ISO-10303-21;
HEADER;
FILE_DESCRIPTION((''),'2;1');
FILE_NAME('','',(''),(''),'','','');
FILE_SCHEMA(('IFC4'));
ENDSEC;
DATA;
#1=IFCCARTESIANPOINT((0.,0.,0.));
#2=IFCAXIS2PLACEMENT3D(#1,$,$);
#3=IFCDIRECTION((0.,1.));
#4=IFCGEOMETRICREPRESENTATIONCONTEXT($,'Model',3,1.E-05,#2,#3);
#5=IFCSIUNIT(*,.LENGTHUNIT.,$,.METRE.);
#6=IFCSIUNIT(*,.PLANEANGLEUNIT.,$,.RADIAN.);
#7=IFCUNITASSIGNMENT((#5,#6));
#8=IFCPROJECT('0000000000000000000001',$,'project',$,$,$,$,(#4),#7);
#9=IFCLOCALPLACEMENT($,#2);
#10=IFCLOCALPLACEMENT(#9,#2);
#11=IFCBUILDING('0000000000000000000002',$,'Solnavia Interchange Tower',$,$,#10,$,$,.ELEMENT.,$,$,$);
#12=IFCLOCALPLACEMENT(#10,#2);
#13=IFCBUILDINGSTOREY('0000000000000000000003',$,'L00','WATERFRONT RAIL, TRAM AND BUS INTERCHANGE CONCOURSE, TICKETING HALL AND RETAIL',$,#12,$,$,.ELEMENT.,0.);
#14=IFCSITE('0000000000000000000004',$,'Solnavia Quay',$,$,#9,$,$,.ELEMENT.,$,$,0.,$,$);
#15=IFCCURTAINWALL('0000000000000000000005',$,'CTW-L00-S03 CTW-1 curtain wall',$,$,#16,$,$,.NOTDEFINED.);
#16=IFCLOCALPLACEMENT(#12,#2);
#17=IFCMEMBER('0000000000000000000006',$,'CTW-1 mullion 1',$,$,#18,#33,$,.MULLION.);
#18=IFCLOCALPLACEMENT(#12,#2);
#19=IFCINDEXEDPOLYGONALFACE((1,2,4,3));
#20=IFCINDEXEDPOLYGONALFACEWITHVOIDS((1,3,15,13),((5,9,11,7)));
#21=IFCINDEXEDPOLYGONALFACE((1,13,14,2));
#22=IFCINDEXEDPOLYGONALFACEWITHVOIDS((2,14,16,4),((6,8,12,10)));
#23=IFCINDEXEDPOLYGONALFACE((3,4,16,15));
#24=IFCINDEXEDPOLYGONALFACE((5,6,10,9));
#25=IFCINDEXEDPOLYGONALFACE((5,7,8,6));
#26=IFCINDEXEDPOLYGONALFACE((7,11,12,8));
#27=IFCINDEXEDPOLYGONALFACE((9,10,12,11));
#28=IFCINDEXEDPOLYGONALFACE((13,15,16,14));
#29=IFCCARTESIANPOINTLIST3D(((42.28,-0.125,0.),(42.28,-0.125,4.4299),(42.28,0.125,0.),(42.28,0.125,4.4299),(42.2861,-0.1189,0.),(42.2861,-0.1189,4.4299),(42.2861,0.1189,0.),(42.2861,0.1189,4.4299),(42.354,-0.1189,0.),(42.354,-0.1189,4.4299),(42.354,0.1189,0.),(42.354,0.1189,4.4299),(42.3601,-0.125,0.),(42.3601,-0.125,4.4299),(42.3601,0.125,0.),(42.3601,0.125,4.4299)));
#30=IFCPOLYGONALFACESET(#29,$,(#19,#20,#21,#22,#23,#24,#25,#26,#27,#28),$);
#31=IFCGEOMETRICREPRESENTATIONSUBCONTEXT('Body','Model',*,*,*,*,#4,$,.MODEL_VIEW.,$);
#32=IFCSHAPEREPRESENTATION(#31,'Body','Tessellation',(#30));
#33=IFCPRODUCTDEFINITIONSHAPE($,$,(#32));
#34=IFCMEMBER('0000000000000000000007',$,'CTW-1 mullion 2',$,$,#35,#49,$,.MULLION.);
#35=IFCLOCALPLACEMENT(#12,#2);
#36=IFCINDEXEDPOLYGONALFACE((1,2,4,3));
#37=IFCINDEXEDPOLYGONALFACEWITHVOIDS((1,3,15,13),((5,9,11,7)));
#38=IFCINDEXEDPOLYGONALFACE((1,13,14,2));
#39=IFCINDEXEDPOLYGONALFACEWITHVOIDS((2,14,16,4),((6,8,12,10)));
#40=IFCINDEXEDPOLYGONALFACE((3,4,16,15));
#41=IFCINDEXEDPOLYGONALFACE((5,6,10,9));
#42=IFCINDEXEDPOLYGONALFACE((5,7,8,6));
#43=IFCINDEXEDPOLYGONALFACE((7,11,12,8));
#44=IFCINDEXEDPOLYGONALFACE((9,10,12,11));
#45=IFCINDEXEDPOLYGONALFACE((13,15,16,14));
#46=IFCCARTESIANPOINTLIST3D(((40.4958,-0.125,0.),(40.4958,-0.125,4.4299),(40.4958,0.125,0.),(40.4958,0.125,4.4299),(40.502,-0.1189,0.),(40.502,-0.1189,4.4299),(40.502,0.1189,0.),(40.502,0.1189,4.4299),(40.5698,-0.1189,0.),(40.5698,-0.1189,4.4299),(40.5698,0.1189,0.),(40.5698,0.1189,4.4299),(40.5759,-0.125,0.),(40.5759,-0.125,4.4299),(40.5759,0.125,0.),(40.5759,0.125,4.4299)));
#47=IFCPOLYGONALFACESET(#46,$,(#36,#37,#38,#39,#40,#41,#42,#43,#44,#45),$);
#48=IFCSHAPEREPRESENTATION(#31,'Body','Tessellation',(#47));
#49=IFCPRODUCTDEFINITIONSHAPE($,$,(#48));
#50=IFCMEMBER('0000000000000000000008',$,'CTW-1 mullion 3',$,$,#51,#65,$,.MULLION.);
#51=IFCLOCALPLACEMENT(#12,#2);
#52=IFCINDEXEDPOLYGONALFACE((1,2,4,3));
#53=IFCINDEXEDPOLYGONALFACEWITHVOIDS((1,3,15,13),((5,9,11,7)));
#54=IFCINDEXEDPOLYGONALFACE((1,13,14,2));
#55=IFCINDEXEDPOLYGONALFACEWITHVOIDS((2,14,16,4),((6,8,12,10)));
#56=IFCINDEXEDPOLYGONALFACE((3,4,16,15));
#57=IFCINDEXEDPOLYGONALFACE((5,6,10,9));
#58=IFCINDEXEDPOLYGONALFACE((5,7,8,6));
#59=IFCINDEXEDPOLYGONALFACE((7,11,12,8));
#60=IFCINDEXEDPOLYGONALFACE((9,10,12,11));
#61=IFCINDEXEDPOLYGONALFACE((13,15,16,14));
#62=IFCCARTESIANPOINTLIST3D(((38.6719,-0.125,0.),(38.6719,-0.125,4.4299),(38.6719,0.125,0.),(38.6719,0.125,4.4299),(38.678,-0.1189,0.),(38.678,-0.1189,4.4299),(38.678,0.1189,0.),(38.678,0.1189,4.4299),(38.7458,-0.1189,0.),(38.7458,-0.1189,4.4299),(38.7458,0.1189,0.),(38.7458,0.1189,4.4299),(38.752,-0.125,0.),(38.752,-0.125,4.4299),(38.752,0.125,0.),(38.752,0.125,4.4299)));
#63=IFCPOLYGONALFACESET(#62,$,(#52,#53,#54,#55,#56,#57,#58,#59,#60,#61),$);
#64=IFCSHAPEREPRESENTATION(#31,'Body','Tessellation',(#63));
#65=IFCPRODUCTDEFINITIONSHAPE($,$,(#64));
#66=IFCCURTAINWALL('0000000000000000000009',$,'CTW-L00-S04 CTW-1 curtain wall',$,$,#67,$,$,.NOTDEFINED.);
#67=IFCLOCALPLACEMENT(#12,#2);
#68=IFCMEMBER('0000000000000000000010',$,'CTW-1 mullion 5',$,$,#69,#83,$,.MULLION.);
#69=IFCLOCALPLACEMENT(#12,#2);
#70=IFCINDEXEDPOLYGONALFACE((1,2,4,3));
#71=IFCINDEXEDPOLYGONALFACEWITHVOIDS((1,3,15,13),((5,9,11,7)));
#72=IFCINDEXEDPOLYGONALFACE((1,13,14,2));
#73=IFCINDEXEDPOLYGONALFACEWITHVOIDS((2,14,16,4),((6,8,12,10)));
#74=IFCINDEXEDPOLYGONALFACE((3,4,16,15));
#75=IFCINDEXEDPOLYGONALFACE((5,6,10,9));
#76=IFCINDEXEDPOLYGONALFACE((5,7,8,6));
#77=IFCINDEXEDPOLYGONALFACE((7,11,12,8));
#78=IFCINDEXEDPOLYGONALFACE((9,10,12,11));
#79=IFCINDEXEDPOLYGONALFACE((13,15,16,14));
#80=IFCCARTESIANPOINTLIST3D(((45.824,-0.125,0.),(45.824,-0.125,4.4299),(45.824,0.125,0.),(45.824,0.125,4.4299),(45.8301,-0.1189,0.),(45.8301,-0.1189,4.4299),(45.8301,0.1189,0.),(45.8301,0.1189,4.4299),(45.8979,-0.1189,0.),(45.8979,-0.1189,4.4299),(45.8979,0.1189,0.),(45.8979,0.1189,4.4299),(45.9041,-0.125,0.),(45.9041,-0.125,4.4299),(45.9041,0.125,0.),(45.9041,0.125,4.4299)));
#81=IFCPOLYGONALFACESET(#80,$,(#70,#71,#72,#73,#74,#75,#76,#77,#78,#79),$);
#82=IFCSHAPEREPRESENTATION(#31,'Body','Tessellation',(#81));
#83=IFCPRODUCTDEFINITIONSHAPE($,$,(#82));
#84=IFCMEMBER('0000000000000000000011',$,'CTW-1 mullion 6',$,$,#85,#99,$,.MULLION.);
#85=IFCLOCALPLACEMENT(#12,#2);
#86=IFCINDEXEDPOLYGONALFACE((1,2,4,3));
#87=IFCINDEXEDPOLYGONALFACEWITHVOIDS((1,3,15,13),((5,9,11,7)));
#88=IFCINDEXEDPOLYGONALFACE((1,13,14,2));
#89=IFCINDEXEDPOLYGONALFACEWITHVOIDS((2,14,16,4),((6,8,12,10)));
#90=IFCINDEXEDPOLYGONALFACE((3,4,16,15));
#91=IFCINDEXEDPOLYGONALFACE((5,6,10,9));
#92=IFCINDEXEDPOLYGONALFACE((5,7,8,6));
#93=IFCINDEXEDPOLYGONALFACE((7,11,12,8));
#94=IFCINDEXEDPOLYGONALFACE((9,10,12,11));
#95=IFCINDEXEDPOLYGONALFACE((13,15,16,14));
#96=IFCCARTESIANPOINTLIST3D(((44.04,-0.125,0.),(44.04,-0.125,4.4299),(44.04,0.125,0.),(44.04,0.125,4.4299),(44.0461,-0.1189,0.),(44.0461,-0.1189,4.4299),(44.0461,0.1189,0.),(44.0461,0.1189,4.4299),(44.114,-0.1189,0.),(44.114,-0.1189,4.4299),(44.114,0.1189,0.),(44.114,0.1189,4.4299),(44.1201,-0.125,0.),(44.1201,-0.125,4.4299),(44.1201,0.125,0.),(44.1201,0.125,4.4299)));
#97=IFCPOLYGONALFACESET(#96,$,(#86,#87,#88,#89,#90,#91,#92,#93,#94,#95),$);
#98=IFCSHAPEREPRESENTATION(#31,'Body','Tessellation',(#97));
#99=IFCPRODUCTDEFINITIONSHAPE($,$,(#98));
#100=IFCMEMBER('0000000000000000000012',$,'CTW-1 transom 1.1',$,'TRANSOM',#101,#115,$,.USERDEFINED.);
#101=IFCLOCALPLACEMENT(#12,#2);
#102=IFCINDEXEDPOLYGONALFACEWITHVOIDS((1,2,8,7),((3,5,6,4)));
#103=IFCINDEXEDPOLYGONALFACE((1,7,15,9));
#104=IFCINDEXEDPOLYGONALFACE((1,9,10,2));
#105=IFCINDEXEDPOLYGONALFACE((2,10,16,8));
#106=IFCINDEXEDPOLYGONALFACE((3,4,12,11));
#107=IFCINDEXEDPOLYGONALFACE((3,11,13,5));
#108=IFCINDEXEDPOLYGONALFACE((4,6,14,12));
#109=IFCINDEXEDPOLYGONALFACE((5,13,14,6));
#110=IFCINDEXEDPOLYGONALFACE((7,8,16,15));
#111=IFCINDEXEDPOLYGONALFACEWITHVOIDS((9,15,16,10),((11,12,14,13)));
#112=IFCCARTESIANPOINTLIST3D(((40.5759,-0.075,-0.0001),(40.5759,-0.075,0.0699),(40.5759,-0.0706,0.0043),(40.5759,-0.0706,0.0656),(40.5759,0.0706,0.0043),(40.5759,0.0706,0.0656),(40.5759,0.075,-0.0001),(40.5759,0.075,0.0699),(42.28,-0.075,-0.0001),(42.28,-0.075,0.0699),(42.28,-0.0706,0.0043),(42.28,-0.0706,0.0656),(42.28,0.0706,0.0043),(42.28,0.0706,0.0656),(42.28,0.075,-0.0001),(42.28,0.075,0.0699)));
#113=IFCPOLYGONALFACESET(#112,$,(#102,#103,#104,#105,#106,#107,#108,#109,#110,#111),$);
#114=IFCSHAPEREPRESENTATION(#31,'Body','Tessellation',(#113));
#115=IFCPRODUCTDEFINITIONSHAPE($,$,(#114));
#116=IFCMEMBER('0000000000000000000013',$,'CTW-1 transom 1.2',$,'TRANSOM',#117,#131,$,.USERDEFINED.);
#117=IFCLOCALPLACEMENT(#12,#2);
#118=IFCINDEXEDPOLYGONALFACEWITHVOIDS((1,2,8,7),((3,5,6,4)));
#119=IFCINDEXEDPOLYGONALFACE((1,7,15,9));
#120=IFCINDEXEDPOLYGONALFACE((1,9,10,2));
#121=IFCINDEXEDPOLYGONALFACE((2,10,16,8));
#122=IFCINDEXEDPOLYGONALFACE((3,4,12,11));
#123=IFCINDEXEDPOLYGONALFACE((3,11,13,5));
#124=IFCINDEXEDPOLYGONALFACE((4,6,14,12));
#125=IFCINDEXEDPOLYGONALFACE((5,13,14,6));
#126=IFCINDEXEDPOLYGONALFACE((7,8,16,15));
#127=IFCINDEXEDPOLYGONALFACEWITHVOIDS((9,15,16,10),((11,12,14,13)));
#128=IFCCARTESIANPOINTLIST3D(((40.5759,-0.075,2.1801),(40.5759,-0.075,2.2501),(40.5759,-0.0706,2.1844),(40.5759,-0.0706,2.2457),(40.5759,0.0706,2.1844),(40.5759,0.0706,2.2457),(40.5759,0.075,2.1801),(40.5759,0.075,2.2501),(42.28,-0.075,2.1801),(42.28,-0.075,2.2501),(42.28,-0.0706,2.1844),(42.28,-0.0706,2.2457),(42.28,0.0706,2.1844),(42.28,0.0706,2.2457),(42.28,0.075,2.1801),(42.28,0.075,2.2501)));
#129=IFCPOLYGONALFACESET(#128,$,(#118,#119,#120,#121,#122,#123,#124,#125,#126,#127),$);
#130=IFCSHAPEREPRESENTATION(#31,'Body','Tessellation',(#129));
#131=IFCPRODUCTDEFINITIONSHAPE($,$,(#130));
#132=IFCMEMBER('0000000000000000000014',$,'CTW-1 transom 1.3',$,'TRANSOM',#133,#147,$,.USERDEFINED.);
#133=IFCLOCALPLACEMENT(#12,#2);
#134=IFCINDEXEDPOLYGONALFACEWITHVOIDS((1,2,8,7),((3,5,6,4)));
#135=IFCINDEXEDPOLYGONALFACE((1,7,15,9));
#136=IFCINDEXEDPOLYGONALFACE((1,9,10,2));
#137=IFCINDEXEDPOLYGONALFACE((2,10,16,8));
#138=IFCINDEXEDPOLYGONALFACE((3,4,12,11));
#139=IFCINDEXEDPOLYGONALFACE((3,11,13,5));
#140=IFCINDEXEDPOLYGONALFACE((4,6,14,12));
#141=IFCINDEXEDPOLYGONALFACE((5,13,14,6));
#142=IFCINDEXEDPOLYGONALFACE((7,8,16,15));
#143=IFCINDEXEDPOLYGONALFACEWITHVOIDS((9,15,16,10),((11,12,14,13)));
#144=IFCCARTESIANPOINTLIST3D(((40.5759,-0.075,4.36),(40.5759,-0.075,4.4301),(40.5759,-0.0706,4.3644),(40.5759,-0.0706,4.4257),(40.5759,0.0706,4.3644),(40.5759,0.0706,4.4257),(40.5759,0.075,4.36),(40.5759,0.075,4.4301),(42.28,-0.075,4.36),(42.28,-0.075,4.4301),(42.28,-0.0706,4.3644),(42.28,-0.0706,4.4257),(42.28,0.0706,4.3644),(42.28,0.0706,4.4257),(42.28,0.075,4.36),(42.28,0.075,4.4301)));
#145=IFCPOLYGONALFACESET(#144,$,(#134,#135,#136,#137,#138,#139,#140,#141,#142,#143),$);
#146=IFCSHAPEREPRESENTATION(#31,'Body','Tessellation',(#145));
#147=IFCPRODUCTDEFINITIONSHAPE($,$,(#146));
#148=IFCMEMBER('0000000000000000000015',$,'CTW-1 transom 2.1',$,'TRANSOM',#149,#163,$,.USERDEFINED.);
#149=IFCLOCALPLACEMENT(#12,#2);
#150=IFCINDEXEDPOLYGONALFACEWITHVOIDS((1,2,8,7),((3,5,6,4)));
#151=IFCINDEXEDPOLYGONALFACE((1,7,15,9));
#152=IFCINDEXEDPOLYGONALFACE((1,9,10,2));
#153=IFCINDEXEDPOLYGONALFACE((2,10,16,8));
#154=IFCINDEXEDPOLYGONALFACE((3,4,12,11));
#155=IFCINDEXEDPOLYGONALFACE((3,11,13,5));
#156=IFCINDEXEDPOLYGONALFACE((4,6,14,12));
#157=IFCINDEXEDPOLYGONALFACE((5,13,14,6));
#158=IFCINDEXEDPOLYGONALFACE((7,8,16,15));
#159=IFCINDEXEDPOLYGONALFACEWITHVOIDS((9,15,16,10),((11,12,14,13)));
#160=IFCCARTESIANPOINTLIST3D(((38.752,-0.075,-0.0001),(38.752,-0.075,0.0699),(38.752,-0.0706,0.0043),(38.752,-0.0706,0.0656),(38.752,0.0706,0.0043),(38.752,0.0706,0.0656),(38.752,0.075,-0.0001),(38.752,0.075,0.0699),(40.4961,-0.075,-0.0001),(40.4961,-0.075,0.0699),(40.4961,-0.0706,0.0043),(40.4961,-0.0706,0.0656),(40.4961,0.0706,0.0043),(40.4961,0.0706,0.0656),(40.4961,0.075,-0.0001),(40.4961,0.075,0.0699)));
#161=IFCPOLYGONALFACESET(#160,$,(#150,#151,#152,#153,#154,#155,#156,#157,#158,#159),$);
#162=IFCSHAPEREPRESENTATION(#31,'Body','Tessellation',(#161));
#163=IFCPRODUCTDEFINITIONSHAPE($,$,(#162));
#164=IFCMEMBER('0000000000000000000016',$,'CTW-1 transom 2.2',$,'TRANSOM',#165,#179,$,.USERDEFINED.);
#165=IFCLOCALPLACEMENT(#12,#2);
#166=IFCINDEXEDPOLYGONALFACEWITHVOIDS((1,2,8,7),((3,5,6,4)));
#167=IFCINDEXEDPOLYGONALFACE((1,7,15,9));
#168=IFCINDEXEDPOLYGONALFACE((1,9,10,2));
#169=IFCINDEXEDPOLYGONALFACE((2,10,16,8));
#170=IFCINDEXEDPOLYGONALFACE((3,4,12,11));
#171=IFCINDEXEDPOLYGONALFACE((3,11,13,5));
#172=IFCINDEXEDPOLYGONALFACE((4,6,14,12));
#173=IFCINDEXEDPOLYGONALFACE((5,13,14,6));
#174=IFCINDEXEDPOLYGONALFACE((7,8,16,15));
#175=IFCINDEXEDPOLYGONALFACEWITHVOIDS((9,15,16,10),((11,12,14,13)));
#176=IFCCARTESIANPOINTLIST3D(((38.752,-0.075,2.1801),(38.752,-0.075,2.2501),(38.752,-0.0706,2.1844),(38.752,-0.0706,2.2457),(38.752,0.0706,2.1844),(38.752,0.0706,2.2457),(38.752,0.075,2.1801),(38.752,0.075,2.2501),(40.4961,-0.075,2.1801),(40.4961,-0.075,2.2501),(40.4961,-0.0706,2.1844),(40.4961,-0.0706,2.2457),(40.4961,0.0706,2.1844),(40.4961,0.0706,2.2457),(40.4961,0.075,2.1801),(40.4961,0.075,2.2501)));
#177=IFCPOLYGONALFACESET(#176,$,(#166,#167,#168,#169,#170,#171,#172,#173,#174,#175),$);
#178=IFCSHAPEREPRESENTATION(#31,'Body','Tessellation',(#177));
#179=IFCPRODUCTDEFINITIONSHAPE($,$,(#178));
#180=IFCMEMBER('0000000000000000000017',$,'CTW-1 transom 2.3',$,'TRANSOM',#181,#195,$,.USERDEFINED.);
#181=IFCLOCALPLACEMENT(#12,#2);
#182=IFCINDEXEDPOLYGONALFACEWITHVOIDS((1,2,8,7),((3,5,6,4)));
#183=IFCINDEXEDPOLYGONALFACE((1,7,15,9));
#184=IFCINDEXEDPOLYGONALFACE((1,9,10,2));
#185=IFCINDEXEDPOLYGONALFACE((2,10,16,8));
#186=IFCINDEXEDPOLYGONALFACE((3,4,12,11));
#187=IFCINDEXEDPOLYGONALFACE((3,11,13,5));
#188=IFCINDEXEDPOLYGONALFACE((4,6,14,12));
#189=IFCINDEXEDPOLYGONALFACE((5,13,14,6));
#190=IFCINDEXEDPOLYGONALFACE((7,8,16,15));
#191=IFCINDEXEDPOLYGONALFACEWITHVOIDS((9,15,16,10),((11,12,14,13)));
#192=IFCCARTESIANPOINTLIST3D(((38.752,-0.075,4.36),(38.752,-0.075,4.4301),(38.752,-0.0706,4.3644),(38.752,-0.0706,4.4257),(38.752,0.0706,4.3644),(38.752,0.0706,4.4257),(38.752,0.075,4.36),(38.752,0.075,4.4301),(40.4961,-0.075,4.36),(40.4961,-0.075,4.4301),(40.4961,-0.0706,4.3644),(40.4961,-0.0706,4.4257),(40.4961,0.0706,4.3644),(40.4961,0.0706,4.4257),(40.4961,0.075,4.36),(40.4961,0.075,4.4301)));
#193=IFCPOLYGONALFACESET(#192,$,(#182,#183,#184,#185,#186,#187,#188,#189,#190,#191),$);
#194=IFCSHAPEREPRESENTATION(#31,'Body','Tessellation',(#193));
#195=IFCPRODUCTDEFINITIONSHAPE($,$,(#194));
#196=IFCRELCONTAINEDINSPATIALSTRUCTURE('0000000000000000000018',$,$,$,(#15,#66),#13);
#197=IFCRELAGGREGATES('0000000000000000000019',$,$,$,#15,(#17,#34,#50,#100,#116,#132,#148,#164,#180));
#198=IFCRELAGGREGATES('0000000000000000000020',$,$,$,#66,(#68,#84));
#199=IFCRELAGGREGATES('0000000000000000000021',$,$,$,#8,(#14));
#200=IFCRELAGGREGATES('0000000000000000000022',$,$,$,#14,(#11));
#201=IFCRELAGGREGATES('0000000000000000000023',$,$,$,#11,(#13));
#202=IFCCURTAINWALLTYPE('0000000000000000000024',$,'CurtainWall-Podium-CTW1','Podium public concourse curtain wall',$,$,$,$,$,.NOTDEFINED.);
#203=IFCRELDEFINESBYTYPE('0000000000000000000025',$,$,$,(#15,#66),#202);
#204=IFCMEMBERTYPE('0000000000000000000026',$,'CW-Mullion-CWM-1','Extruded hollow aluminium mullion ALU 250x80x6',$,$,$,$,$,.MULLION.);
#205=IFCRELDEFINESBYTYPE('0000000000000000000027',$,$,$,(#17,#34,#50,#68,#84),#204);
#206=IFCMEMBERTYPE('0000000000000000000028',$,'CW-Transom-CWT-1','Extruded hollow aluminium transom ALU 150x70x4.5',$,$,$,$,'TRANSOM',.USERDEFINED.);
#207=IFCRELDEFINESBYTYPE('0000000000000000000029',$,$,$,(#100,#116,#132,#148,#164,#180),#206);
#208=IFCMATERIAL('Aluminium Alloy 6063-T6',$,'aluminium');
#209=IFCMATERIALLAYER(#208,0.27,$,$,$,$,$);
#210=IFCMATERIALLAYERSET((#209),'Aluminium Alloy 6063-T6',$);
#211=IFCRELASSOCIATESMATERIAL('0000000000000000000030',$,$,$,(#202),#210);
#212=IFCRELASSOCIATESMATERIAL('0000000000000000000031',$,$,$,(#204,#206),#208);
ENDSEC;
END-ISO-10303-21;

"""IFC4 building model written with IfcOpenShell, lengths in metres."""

from ifc_helpers import new_model, si_unit, direction, frame, origin, origin_2d, place, context, subcontext, project, spatial, hollow_rectangle, extrude, material, layer, layer_set, material_profile, profile_set, type_object, element, aggregate, save


model = new_model("IFC4")

# Units and contexts
model_context = context("Model", 3, precision=1e-05, world=origin(), true_north=direction((0.0, 1.0)))
body_context = subcontext(model_context, "Body", "Model", "MODEL_VIEW")
ifc_project = project(units=[si_unit("LENGTHUNIT", "METRE"), si_unit("PLANEANGLEUNIT", "RADIAN")], contexts=[model_context])

# Site, building, storey
site_placement = place(None, origin())
site = spatial("IfcSite", under=ifc_project, at=site_placement, Name="Solnavia Quay", CompositionType="ELEMENT", RefElevation=0.0)
building_placement = place(site_placement, origin())
building = spatial("IfcBuilding", under=site, at=building_placement, Name="Solnavia Interchange Tower", CompositionType="ELEMENT")
storey_placement = place(building_placement, origin())
storey = spatial("IfcBuildingStorey", under=building, at=storey_placement, Name="L00", Description="WATERFRONT RAIL, TRAM AND BUS INTERCHANGE CONCOURSE, TICKETING HALL AND RETAIL", CompositionType="ELEMENT", Elevation=0.0)

# Curtain walls, members
ifc_material_1 = material(Name="Aluminium Alloy 6063-T6", Category="aluminium")
ifc_layer_1 = layer(ifc_material_1, 0.27)
ifc_layer_set_1 = layer_set([ifc_layer_1], Name="Aluminium Alloy 6063-T6")
curtain_wall_type = type_object("IfcCurtainWallType", Name="CurtainWall-Podium-CTW1", Description="Podium public concourse curtain wall", PredefinedType="NOTDEFINED", material=ifc_layer_set_1)
curtain_wall_1_placement = place(storey_placement, origin())
curtain_wall_1 = element("IfcCurtainWall", 1, at=curtain_wall_1_placement, inside=storey, type_object=curtain_wall_type, Name="CTW-L00-S03 CTW-1 curtain wall", PredefinedType="NOTDEFINED")
ifc_material_profile_1 = material_profile(ifc_material_1, hollow_rectangle(XDim=0.0801, YDim=0.25, WallThickness=0.0061, at=origin_2d()), Name="ALU 250x80x6")
ifc_profile_set_1 = profile_set([ifc_material_profile_1], Name="Aluminium Alloy 6063-T6")
member_type_1 = type_object("IfcMemberType", Name="CW-Mullion-CWM-1", Description="Extruded hollow aluminium mullion ALU 250x80x6", PredefinedType="MULLION", material=ifc_profile_set_1)
member_1_placement = place(storey_placement, frame((42.3201, 0.0, 0.0), z_axis=(0.0, 0.0, 1.0), x_axis=(-1.0, 0.0, 0.0)))
member_1 = element("IfcMember", 2, at=member_1_placement, type_object=member_type_1, Name="CTW-1 mullion 1", PredefinedType="MULLION", context=body_context, shape_type="SweptSolid", body=[
    extrude(hollow_rectangle(XDim=0.0801, YDim=0.25, WallThickness=0.0061, at=origin_2d()), origin(), (0.0, 0.0, 1.0), 4.4299),
])
member_2_placement = place(storey_placement, frame((40.5359, 0.0, 0.0), z_axis=(0.0, 0.0, 1.0), x_axis=(-1.0, 0.0, 0.0)))
member_2 = element("IfcMember", 3, at=member_2_placement, type_object=member_type_1, Name="CTW-1 mullion 2", PredefinedType="MULLION", context=body_context, shape_type="SweptSolid", body=[
    extrude(hollow_rectangle(XDim=0.0801, YDim=0.25, WallThickness=0.0061, at=origin_2d()), origin(), (0.0, 0.0, 1.0), 4.4299),
])
member_3_placement = place(storey_placement, frame((38.7119, 0.0, 0.0), z_axis=(0.0, 0.0, 1.0), x_axis=(-1.0, 0.0, 0.0)))
member_3 = element("IfcMember", 4, at=member_3_placement, type_object=member_type_1, Name="CTW-1 mullion 3", PredefinedType="MULLION", context=body_context, shape_type="SweptSolid", body=[
    extrude(hollow_rectangle(XDim=0.0801, YDim=0.25, WallThickness=0.0061, at=origin_2d()), origin(), (0.0, 0.0, 1.0), 4.4299),
])
curtain_wall_2_placement = place(storey_placement, origin())
curtain_wall_2 = element("IfcCurtainWall", 5, at=curtain_wall_2_placement, inside=storey, type_object=curtain_wall_type, Name="CTW-L00-S04 CTW-1 curtain wall", PredefinedType="NOTDEFINED")
member_4_placement = place(storey_placement, frame((45.864, 0.0, 0.0), z_axis=(0.0, 0.0, 1.0), x_axis=(-1.0, 0.0, 0.0)))
member_4 = element("IfcMember", 6, at=member_4_placement, type_object=member_type_1, Name="CTW-1 mullion 5", PredefinedType="MULLION", context=body_context, shape_type="SweptSolid", body=[
    extrude(hollow_rectangle(XDim=0.0801, YDim=0.25, WallThickness=0.0061, at=origin_2d()), origin(), (0.0, 0.0, 1.0), 4.4299),
])
member_5_placement = place(storey_placement, frame((44.0801, 0.0, 0.0), z_axis=(0.0, 0.0, 1.0), x_axis=(-1.0, 0.0, 0.0)))
member_5 = element("IfcMember", 7, at=member_5_placement, type_object=member_type_1, Name="CTW-1 mullion 6", PredefinedType="MULLION", context=body_context, shape_type="SweptSolid", body=[
    extrude(hollow_rectangle(XDim=0.0801, YDim=0.25, WallThickness=0.0061, at=origin_2d()), origin(), (0.0, 0.0, 1.0), 4.4299),
])

# Members
ifc_material_profile_2 = material_profile(ifc_material_1, hollow_rectangle(XDim=0.0701, YDim=0.1499, WallThickness=0.0044, at=origin_2d()), Name="ALU 150x70x4.5")
ifc_profile_set_2 = profile_set([ifc_material_profile_2], Name="Aluminium Alloy 6063-T6")
member_type_2 = type_object("IfcMemberType", Name="CW-Transom-CWT-1", Description="Extruded hollow aluminium transom ALU 150x70x4.5", ElementType="TRANSOM", PredefinedType="USERDEFINED", material=ifc_profile_set_2)
member_6_placement = place(storey_placement, frame((42.28, 0.0, 0.0349), z_axis=(-1.0, 0.0, 0.0), x_axis=(0.0, 0.0, 1.0)))
member_6 = element("IfcMember", 8, at=member_6_placement, type_object=member_type_2, Name="CTW-1 transom 1.1", ObjectType="TRANSOM", PredefinedType="USERDEFINED", context=body_context, shape_type="SweptSolid", body=[
    extrude(hollow_rectangle(XDim=0.0701, YDim=0.1499, WallThickness=0.0044, at=origin_2d()), origin(), (0.0, 0.0, 1.0), 1.7041),
])
member_7_placement = place(storey_placement, frame((42.28, 0.0, 2.2151), z_axis=(-1.0, 0.0, 0.0), x_axis=(0.0, 0.0, 1.0)))
member_7 = element("IfcMember", 9, at=member_7_placement, type_object=member_type_2, Name="CTW-1 transom 1.2", ObjectType="TRANSOM", PredefinedType="USERDEFINED", context=body_context, shape_type="SweptSolid", body=[
    extrude(hollow_rectangle(XDim=0.0701, YDim=0.1499, WallThickness=0.0044, at=origin_2d()), origin(), (0.0, 0.0, 1.0), 1.7041),
])
member_8_placement = place(storey_placement, frame((42.28, 0.0, 4.395), z_axis=(-1.0, 0.0, 0.0), x_axis=(0.0, 0.0, 1.0)))
member_8 = element("IfcMember", 10, at=member_8_placement, type_object=member_type_2, Name="CTW-1 transom 1.3", ObjectType="TRANSOM", PredefinedType="USERDEFINED", context=body_context, shape_type="SweptSolid", body=[
    extrude(hollow_rectangle(XDim=0.0701, YDim=0.1499, WallThickness=0.0044, at=origin_2d()), origin(), (0.0, 0.0, 1.0), 1.7041),
])
member_9_placement = place(storey_placement, frame((40.4961, 0.0, 0.0349), z_axis=(-1.0, 0.0, 0.0), x_axis=(0.0, 0.0, 1.0)))
member_9 = element("IfcMember", 11, at=member_9_placement, type_object=member_type_2, Name="CTW-1 transom 2.1", ObjectType="TRANSOM", PredefinedType="USERDEFINED", context=body_context, shape_type="SweptSolid", body=[
    extrude(hollow_rectangle(XDim=0.0701, YDim=0.1499, WallThickness=0.0044, at=origin_2d()), origin(), (0.0, 0.0, 1.0), 1.7441),
])
member_10_placement = place(storey_placement, frame((40.4961, 0.0, 2.2151), z_axis=(-1.0, 0.0, 0.0), x_axis=(0.0, 0.0, 1.0)))
member_10 = element("IfcMember", 12, at=member_10_placement, type_object=member_type_2, Name="CTW-1 transom 2.2", ObjectType="TRANSOM", PredefinedType="USERDEFINED", context=body_context, shape_type="SweptSolid", body=[
    extrude(hollow_rectangle(XDim=0.0701, YDim=0.1499, WallThickness=0.0044, at=origin_2d()), origin(), (0.0, 0.0, 1.0), 1.7441),
])
member_11_placement = place(storey_placement, frame((40.4961, 0.0, 4.395), z_axis=(-1.0, 0.0, 0.0), x_axis=(0.0, 0.0, 1.0)))
member_11 = element("IfcMember", 13, at=member_11_placement, type_object=member_type_2, Name="CTW-1 transom 2.3", ObjectType="TRANSOM", PredefinedType="USERDEFINED", context=body_context, shape_type="SweptSolid", body=[
    extrude(hollow_rectangle(XDim=0.0701, YDim=0.1499, WallThickness=0.0044, at=origin_2d()), origin(), (0.0, 0.0, 1.0), 1.7441),
])

aggregate(curtain_wall_1, [member_1, member_2, member_3, member_6, member_7, member_8, member_9, member_10, member_11])
aggregate(curtain_wall_2, [member_4, member_5])

save(model, "model.ifc")
